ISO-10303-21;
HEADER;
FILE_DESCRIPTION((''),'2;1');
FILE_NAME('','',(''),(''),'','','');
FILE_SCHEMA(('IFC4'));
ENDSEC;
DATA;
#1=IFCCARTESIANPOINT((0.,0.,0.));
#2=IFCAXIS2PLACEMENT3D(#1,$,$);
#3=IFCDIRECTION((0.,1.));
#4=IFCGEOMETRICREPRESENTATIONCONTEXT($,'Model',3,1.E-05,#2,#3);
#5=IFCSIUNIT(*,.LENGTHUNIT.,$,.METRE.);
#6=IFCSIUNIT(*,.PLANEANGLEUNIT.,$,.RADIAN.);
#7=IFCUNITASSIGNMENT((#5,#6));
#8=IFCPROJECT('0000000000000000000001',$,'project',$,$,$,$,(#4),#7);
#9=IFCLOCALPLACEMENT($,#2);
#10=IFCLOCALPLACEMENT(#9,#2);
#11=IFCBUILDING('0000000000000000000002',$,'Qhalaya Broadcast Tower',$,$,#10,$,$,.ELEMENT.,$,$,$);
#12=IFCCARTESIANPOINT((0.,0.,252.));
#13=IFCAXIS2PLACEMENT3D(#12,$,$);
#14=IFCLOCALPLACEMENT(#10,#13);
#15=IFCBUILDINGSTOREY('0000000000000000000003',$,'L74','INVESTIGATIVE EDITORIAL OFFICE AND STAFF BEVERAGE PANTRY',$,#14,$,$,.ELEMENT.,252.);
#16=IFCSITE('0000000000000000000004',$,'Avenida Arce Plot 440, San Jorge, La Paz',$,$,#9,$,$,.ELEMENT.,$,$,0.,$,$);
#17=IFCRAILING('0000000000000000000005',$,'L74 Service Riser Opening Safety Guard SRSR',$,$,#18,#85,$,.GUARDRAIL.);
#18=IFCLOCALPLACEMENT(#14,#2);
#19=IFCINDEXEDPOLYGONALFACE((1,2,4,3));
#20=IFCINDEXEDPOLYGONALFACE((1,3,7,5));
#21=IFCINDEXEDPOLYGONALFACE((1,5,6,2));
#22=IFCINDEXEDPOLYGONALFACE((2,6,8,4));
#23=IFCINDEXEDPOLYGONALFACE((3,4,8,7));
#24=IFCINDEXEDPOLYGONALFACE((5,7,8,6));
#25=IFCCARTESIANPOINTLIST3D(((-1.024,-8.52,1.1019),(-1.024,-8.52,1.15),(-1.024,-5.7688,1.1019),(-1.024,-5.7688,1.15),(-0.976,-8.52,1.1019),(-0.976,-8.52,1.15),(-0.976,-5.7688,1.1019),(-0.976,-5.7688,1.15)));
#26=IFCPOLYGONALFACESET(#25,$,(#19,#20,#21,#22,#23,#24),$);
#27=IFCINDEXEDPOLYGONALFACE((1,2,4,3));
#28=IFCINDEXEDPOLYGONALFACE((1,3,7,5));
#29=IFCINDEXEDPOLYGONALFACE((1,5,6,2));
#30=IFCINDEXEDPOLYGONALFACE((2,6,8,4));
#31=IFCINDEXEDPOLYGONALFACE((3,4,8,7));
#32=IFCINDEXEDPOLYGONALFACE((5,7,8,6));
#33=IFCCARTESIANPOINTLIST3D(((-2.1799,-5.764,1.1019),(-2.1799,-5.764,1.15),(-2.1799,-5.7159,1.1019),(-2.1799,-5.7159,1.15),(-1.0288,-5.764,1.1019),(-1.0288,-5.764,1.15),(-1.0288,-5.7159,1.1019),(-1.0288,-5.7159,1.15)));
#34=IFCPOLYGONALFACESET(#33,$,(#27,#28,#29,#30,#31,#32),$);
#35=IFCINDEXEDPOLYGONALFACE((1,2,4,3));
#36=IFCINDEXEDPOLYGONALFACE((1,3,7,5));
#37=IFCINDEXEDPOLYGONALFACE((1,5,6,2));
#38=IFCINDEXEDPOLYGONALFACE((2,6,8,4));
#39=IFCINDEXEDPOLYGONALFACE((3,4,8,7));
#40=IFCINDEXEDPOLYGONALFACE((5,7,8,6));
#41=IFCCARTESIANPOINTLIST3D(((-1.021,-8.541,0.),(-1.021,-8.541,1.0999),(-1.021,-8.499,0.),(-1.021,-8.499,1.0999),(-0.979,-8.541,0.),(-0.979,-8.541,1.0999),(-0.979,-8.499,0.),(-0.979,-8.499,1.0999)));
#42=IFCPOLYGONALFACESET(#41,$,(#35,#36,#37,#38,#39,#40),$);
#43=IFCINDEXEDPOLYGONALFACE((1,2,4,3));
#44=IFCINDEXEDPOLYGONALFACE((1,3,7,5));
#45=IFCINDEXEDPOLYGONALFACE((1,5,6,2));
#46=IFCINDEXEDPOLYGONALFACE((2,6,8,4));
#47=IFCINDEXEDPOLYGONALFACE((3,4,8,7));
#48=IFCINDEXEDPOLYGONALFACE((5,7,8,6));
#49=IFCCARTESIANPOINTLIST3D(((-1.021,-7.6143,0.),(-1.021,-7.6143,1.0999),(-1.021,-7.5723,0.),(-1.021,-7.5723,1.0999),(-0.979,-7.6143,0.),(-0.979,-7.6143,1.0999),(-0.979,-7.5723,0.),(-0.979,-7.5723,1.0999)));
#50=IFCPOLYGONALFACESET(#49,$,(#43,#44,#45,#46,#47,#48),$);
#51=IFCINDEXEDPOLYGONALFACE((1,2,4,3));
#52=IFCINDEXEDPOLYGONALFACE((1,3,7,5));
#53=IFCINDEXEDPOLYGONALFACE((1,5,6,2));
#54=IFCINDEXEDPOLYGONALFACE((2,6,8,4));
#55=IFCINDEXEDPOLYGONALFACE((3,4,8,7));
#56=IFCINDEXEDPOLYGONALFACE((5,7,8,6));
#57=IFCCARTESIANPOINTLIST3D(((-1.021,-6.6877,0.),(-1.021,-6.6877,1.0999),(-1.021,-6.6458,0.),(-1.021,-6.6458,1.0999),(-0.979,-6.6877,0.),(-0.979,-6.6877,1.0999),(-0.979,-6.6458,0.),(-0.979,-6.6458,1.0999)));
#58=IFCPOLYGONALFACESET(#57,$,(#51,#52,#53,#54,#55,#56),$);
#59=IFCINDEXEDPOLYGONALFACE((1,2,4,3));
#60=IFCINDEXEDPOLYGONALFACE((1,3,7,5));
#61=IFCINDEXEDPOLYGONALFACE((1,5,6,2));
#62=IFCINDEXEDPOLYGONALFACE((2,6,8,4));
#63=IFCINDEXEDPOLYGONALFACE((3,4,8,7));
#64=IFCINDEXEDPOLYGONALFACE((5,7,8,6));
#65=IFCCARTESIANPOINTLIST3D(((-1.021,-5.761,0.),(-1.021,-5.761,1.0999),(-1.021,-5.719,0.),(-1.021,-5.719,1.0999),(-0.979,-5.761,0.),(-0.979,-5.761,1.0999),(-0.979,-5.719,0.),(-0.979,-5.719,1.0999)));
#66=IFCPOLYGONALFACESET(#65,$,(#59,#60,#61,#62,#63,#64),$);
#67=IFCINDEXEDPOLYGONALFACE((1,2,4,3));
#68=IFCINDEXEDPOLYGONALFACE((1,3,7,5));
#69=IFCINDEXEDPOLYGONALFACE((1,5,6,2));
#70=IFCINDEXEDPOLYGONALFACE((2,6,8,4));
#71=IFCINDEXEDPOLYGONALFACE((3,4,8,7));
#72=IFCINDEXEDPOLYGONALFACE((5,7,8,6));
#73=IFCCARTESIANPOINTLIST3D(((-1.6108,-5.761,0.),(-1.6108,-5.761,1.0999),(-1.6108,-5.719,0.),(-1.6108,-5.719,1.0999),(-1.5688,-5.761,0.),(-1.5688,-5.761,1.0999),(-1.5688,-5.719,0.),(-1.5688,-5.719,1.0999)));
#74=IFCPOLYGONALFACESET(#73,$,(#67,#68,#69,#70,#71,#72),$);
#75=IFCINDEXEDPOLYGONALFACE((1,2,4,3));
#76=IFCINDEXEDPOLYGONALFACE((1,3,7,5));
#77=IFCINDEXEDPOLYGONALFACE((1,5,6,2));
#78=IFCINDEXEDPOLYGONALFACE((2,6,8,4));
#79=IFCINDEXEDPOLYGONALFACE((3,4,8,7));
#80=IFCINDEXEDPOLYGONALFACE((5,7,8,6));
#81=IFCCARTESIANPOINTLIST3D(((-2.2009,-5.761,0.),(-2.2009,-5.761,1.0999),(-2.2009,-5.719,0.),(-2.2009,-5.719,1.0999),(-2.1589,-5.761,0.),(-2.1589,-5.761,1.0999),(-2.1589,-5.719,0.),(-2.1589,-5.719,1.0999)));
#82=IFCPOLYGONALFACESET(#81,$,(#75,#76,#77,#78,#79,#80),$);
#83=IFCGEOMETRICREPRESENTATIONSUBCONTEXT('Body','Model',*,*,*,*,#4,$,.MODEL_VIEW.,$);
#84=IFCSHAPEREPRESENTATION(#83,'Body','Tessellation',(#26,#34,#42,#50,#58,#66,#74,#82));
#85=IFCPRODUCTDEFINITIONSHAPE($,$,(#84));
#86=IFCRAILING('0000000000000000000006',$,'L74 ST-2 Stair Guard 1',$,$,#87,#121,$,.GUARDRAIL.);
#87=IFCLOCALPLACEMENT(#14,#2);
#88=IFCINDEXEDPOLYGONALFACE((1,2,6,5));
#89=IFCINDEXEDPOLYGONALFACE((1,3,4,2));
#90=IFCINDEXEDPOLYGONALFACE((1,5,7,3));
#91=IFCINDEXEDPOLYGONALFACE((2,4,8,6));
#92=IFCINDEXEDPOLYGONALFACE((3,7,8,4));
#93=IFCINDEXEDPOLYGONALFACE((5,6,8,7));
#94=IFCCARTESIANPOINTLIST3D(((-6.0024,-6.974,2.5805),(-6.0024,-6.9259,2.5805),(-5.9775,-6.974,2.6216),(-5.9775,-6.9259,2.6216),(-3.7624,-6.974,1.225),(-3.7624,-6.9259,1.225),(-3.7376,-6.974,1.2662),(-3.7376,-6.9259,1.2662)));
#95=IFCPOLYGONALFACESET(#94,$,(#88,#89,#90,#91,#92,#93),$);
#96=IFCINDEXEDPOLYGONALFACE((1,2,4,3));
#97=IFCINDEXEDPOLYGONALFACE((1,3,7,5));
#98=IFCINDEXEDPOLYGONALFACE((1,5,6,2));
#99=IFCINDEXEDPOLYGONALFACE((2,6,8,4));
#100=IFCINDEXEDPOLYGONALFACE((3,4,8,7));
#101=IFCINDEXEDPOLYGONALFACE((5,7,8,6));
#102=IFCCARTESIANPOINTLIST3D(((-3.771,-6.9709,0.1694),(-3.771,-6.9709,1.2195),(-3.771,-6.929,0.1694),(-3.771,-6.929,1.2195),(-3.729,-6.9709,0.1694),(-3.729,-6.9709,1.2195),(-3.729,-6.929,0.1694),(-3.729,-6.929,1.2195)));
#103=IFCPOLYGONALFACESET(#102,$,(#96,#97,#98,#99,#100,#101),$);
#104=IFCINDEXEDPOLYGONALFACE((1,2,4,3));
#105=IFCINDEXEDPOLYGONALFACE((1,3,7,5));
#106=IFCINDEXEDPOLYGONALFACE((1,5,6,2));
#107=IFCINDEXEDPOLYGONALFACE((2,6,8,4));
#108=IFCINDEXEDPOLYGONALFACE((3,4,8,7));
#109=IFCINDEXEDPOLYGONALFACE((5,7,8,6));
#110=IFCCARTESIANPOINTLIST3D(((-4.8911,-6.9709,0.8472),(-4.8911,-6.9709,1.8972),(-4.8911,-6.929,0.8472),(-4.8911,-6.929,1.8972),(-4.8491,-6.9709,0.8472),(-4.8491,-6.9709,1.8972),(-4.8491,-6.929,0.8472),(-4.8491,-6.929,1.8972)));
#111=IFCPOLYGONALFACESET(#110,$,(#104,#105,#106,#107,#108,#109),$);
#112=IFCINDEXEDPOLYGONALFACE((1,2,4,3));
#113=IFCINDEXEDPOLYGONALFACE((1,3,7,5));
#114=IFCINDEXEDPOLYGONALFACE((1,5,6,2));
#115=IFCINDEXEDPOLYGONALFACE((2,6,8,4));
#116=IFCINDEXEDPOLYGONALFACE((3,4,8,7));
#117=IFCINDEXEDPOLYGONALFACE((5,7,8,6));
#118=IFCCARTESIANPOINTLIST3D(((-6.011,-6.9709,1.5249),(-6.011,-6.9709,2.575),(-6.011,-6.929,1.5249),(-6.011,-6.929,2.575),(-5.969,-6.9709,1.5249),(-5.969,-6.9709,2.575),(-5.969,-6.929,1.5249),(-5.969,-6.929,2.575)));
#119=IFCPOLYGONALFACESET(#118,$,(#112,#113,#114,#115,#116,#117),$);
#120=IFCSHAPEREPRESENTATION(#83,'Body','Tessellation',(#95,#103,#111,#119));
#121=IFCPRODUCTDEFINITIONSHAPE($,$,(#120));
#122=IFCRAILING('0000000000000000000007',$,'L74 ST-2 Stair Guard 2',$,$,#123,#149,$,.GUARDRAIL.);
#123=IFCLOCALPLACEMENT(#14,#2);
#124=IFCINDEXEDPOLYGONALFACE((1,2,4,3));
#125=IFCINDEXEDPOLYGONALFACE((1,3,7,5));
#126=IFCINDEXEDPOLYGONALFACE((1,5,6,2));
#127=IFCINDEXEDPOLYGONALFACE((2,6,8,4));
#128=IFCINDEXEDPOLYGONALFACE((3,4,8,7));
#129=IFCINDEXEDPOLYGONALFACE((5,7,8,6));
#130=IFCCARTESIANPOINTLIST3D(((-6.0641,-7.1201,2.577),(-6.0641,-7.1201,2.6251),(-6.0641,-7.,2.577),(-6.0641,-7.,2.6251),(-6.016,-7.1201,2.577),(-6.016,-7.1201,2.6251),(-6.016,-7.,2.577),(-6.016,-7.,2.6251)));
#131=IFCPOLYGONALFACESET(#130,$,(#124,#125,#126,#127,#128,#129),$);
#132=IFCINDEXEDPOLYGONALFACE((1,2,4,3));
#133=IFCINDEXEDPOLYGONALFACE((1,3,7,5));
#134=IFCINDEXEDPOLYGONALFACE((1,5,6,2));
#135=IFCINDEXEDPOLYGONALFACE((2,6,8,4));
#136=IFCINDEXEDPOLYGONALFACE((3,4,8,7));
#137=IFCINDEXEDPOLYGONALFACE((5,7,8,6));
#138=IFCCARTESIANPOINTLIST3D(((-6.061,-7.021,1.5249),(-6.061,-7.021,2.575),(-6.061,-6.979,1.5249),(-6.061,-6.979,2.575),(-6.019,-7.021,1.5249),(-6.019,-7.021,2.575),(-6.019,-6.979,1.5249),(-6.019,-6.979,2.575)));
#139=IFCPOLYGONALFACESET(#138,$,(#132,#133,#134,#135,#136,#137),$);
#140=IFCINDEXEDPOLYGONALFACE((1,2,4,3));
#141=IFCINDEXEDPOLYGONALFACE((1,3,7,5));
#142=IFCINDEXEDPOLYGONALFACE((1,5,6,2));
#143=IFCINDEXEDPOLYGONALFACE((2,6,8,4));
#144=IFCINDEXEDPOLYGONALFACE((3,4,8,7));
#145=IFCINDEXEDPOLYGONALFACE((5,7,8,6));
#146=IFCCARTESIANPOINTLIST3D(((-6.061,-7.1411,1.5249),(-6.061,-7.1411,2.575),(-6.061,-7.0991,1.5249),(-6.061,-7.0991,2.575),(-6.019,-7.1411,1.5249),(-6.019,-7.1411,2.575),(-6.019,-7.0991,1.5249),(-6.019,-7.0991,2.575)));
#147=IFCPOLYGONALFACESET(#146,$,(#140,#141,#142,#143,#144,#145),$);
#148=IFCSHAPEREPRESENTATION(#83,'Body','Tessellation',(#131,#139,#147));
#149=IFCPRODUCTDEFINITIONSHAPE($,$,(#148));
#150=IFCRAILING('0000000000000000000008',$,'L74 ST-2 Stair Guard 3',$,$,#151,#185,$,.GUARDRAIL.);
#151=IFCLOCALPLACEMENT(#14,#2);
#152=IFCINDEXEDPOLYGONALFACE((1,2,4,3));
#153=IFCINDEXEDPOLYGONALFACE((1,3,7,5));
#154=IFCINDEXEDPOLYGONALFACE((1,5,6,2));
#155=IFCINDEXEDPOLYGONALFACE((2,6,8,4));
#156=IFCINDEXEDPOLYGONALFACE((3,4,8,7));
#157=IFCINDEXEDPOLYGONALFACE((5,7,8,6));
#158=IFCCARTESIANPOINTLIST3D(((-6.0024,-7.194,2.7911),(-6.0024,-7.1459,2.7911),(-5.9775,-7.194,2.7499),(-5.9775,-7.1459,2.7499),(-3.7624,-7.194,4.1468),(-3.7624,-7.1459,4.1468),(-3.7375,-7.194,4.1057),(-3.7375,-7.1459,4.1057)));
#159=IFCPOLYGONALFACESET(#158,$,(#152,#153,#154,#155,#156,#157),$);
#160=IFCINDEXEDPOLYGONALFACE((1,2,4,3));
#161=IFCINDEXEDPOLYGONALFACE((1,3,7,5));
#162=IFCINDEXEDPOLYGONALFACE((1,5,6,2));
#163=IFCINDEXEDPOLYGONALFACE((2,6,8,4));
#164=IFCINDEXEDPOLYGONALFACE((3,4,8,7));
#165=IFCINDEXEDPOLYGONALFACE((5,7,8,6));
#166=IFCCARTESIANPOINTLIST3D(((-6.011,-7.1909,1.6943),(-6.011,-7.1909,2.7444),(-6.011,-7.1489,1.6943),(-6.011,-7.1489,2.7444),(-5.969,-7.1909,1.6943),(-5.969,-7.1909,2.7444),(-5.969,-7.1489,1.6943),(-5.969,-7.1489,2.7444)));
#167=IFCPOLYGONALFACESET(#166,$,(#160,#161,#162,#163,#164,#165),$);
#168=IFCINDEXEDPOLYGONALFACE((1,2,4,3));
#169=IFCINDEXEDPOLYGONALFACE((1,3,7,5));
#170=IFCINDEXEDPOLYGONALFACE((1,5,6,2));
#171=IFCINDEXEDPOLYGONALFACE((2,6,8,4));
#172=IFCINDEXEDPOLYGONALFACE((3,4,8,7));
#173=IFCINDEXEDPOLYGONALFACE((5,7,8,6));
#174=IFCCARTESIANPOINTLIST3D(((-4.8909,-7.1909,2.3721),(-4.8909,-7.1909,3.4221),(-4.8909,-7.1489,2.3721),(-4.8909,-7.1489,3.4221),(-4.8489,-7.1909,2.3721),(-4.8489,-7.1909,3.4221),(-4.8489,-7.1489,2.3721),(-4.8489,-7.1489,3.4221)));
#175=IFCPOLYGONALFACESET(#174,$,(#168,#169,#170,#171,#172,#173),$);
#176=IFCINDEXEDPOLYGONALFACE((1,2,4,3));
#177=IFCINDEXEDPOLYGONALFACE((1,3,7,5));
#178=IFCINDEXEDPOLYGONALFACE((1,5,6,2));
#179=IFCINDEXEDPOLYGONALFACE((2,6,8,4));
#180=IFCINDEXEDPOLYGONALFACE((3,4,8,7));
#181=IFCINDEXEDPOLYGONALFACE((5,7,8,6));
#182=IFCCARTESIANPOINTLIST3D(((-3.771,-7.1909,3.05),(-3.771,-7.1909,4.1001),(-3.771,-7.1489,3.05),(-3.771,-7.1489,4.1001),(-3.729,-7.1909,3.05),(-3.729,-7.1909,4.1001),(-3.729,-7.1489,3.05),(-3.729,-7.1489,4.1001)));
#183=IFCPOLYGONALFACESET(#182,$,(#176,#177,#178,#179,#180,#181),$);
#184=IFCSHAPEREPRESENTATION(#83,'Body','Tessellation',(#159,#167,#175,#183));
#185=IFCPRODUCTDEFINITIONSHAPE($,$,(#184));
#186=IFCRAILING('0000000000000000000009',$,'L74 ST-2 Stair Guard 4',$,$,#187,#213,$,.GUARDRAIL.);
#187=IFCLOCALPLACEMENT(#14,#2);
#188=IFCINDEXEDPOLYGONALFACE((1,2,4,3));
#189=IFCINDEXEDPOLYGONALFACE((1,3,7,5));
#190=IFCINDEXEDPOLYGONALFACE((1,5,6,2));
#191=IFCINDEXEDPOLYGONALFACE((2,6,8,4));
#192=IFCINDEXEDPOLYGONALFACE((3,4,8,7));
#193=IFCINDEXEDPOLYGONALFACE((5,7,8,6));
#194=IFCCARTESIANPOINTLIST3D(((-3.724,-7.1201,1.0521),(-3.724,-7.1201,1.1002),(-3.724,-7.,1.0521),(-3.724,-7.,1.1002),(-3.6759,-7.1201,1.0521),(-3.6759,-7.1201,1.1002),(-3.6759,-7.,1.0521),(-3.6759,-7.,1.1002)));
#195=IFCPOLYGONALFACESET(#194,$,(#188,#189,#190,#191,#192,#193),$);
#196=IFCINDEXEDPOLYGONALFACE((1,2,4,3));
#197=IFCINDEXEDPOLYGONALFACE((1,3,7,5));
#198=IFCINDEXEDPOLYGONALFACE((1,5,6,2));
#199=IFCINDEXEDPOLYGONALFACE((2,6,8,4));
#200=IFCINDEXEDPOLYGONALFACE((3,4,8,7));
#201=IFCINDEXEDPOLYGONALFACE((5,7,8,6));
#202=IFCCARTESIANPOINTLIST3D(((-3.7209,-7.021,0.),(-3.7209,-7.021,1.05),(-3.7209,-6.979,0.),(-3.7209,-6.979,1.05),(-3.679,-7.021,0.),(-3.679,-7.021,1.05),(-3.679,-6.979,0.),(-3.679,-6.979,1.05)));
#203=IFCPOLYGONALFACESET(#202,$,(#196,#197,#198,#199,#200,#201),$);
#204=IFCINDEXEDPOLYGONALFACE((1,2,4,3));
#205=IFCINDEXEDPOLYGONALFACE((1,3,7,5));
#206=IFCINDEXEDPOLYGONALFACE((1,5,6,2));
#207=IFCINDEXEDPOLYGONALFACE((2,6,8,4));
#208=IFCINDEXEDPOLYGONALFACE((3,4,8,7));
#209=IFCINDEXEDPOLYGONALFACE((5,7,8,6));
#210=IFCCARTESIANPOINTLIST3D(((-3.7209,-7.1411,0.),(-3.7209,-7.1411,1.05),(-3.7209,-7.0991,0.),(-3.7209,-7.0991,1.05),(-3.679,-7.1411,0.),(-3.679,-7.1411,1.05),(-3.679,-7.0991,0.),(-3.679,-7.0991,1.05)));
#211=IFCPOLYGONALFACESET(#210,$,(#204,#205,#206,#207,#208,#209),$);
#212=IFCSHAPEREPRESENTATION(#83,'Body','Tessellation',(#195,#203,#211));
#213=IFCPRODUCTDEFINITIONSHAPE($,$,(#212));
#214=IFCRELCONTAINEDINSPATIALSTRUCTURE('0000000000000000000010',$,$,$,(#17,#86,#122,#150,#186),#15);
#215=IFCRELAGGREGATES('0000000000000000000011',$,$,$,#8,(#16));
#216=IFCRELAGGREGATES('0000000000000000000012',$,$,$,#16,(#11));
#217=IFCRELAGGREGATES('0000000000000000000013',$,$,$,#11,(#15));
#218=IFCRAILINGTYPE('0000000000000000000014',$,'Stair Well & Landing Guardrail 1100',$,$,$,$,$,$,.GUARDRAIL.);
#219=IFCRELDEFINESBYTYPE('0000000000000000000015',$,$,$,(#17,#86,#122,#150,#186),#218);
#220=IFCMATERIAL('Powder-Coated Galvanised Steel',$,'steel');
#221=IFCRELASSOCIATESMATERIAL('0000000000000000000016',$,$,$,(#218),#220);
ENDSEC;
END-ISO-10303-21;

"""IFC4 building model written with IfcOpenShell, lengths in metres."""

from ifc_helpers import new_model, si_unit, direction, frame, origin, origin_2d, place, context, subcontext, project, spatial, rectangle, extrude, material, type_object, element, save


model = new_model("IFC4")

# Units and contexts
model_context = context("Model", 3, precision=1e-05, world=origin(), true_north=direction((0.0, 1.0)))
body_context = subcontext(model_context, "Body", "Model", "MODEL_VIEW")
ifc_project = project(units=[si_unit("LENGTHUNIT", "METRE"), si_unit("PLANEANGLEUNIT", "RADIAN")], contexts=[model_context])

# Site, building, storey
site_placement = place(None, origin())
site = spatial("IfcSite", under=ifc_project, at=site_placement, Name="Avenida Arce Plot 440, San Jorge, La Paz", CompositionType="ELEMENT", RefElevation=0.0)
building_placement = place(site_placement, origin())
building = spatial("IfcBuilding", under=site, at=building_placement, Name="Qhalaya Broadcast Tower", CompositionType="ELEMENT")
storey_placement = place(building_placement, frame((0.0, 0.0, 252.0)))
storey = spatial("IfcBuildingStorey", under=building, at=storey_placement, Name="L74", Description="INVESTIGATIVE EDITORIAL OFFICE AND STAFF BEVERAGE PANTRY", CompositionType="ELEMENT", Elevation=252.0)

# Railings
ifc_material_1 = material(Name="Powder-Coated Galvanised Steel", Category="steel")
railing_type_1 = type_object("IfcRailingType", Name="Stair Well & Landing Guardrail 1100", PredefinedType="GUARDRAIL", material=ifc_material_1)
railing_1_placement = place(storey_placement, frame((-1.0, -8.52, 0.0)))
element("IfcRailing", 1, at=railing_1_placement, inside=storey, type_object=railing_type_1, Name="L74 Service Riser Opening Safety Guard SRSR", PredefinedType="GUARDRAIL", context=body_context, shape_type="SweptSolid", body=[
    extrude(rectangle(XDim=0.0481, YDim=0.0481, at=origin_2d()), frame((0.0, 0.0, 1.126), z_axis=(0.0, 1.0, 0.0), x_axis=(-1.0, 0.0, 0.0)), (0.0, 0.0, 1.0), 2.7512),
    extrude(rectangle(XDim=0.0481, YDim=0.0481, at=origin_2d()), frame((-0.0288, 2.78, 1.126), z_axis=(-1.0, 0.0, 0.0), x_axis=(0.0, -1.0, 0.0)), (0.0, 0.0, 1.0), 1.1511),
    extrude(rectangle(XDim=0.042, YDim=0.042, at=origin_2d()), origin(), (0.0, 0.0, 1.0), 1.0999),
    extrude(rectangle(XDim=0.042, YDim=0.042, at=origin_2d()), frame((0.0, 0.9268, 0.0)), (0.0, 0.0, 1.0), 1.0999),
    extrude(rectangle(XDim=0.042, YDim=0.042, at=origin_2d()), frame((0.0, 1.8533, 0.0)), (0.0, 0.0, 1.0), 1.0999),
    extrude(rectangle(XDim=0.042, YDim=0.042, at=origin_2d()), frame((0.0, 2.78, 0.0)), (0.0, 0.0, 1.0), 1.0999),
    extrude(rectangle(XDim=0.042, YDim=0.042, at=origin_2d()), frame((-0.5898, 2.78, 0.0)), (0.0, 0.0, 1.0), 1.0999),
    extrude(rectangle(XDim=0.042, YDim=0.042, at=origin_2d()), frame((-1.1799, 2.78, 0.0)), (0.0, 0.0, 1.0), 1.0999),
])
railing_2_placement = place(storey_placement, frame((-3.75, -6.95, 0.1694)))
element("IfcRailing", 2, at=railing_2_placement, inside=storey, type_object=railing_type_1, Name="L74 ST-2 Stair Guard 1", PredefinedType="GUARDRAIL", context=body_context, shape_type="SweptSolid", body=[
    extrude(rectangle(XDim=0.0481, YDim=0.0481, at=origin_2d()), frame((0.0, 0.0, 1.0762), z_axis=(-0.855553, 0.0, 0.517715), x_axis=(0.0, -1.0, 0.0)), (0.0, 0.0, 1.0), 2.6182),
    extrude(rectangle(XDim=0.042, YDim=0.042, at=origin_2d()), origin(), (0.0, 0.0, 1.0), 1.05),
    extrude(rectangle(XDim=0.042, YDim=0.042, at=origin_2d()), frame((-1.1201, 0.0, 0.6777)), (0.0, 0.0, 1.0), 1.05),
    extrude(rectangle(XDim=0.042, YDim=0.042, at=origin_2d()), frame((-2.24, 0.0, 1.3555)), (0.0, 0.0, 1.0), 1.05),
])
railing_3_placement = place(storey_placement, frame((-6.04, -7.0, 1.5249)))
element("IfcRailing", 3, at=railing_3_placement, inside=storey, type_object=railing_type_1, Name="L74 ST-2 Stair Guard 2", PredefinedType="GUARDRAIL", context=body_context, shape_type="SweptSolid", body=[
    extrude(rectangle(XDim=0.0481, YDim=0.0481, at=origin_2d()), frame((0.0, 0.0, 1.0762), z_axis=(0.0, -1.0, 0.0), x_axis=(1.0, 0.0, 0.0)), (0.0, 0.0, 1.0), 0.1201),
    extrude(rectangle(XDim=0.042, YDim=0.042, at=origin_2d()), origin(), (0.0, 0.0, 1.0), 1.05),
    extrude(rectangle(XDim=0.042, YDim=0.042, at=origin_2d()), frame((0.0, -0.1201, 0.0)), (0.0, 0.0, 1.0), 1.05),
])
railing_4_placement = place(storey_placement, frame((-5.99, -7.1699, 1.6943)))
element("IfcRailing", 4, at=railing_4_placement, inside=storey, type_object=railing_type_1, Name="L74 ST-2 Stair Guard 3", PredefinedType="GUARDRAIL", context=body_context, shape_type="SweptSolid", body=[
    extrude(rectangle(XDim=0.0481, YDim=0.0481, at=origin_2d()), frame((0.0, 0.0, 1.0762), z_axis=(0.855512, 0.0, 0.517783), x_axis=(0.0, 1.0, 0.0)), (0.0, 0.0, 1.0), 2.6184),
    extrude(rectangle(XDim=0.042, YDim=0.042, at=origin_2d()), origin(), (0.0, 0.0, 1.0), 1.05),
    extrude(rectangle(XDim=0.042, YDim=0.042, at=origin_2d()), frame((1.1201, 0.0, 0.6777)), (0.0, 0.0, 1.0), 1.05),
    extrude(rectangle(XDim=0.042, YDim=0.042, at=origin_2d()), frame((2.24, 0.0, 1.3557)), (0.0, 0.0, 1.0), 1.05),
])
railing_5_placement = place(storey_placement, frame((-3.7, -7.0, 0.0)))
element("IfcRailing", 5, at=railing_5_placement, inside=storey, type_object=railing_type_1, Name="L74 ST-2 Stair Guard 4", PredefinedType="GUARDRAIL", context=body_context, shape_type="SweptSolid", body=[
    extrude(rectangle(XDim=0.0481, YDim=0.0481, at=origin_2d()), frame((0.0, 0.0, 1.0762), z_axis=(0.0, -1.0, 0.0), x_axis=(1.0, 0.0, 0.0)), (0.0, 0.0, 1.0), 0.1201),
    extrude(rectangle(XDim=0.042, YDim=0.042, at=origin_2d()), origin(), (0.0, 0.0, 1.0), 1.05),
    extrude(rectangle(XDim=0.042, YDim=0.042, at=origin_2d()), frame((0.0, -0.1201, 0.0)), (0.0, 0.0, 1.0), 1.05),
])

save(model, "model.ifc")
